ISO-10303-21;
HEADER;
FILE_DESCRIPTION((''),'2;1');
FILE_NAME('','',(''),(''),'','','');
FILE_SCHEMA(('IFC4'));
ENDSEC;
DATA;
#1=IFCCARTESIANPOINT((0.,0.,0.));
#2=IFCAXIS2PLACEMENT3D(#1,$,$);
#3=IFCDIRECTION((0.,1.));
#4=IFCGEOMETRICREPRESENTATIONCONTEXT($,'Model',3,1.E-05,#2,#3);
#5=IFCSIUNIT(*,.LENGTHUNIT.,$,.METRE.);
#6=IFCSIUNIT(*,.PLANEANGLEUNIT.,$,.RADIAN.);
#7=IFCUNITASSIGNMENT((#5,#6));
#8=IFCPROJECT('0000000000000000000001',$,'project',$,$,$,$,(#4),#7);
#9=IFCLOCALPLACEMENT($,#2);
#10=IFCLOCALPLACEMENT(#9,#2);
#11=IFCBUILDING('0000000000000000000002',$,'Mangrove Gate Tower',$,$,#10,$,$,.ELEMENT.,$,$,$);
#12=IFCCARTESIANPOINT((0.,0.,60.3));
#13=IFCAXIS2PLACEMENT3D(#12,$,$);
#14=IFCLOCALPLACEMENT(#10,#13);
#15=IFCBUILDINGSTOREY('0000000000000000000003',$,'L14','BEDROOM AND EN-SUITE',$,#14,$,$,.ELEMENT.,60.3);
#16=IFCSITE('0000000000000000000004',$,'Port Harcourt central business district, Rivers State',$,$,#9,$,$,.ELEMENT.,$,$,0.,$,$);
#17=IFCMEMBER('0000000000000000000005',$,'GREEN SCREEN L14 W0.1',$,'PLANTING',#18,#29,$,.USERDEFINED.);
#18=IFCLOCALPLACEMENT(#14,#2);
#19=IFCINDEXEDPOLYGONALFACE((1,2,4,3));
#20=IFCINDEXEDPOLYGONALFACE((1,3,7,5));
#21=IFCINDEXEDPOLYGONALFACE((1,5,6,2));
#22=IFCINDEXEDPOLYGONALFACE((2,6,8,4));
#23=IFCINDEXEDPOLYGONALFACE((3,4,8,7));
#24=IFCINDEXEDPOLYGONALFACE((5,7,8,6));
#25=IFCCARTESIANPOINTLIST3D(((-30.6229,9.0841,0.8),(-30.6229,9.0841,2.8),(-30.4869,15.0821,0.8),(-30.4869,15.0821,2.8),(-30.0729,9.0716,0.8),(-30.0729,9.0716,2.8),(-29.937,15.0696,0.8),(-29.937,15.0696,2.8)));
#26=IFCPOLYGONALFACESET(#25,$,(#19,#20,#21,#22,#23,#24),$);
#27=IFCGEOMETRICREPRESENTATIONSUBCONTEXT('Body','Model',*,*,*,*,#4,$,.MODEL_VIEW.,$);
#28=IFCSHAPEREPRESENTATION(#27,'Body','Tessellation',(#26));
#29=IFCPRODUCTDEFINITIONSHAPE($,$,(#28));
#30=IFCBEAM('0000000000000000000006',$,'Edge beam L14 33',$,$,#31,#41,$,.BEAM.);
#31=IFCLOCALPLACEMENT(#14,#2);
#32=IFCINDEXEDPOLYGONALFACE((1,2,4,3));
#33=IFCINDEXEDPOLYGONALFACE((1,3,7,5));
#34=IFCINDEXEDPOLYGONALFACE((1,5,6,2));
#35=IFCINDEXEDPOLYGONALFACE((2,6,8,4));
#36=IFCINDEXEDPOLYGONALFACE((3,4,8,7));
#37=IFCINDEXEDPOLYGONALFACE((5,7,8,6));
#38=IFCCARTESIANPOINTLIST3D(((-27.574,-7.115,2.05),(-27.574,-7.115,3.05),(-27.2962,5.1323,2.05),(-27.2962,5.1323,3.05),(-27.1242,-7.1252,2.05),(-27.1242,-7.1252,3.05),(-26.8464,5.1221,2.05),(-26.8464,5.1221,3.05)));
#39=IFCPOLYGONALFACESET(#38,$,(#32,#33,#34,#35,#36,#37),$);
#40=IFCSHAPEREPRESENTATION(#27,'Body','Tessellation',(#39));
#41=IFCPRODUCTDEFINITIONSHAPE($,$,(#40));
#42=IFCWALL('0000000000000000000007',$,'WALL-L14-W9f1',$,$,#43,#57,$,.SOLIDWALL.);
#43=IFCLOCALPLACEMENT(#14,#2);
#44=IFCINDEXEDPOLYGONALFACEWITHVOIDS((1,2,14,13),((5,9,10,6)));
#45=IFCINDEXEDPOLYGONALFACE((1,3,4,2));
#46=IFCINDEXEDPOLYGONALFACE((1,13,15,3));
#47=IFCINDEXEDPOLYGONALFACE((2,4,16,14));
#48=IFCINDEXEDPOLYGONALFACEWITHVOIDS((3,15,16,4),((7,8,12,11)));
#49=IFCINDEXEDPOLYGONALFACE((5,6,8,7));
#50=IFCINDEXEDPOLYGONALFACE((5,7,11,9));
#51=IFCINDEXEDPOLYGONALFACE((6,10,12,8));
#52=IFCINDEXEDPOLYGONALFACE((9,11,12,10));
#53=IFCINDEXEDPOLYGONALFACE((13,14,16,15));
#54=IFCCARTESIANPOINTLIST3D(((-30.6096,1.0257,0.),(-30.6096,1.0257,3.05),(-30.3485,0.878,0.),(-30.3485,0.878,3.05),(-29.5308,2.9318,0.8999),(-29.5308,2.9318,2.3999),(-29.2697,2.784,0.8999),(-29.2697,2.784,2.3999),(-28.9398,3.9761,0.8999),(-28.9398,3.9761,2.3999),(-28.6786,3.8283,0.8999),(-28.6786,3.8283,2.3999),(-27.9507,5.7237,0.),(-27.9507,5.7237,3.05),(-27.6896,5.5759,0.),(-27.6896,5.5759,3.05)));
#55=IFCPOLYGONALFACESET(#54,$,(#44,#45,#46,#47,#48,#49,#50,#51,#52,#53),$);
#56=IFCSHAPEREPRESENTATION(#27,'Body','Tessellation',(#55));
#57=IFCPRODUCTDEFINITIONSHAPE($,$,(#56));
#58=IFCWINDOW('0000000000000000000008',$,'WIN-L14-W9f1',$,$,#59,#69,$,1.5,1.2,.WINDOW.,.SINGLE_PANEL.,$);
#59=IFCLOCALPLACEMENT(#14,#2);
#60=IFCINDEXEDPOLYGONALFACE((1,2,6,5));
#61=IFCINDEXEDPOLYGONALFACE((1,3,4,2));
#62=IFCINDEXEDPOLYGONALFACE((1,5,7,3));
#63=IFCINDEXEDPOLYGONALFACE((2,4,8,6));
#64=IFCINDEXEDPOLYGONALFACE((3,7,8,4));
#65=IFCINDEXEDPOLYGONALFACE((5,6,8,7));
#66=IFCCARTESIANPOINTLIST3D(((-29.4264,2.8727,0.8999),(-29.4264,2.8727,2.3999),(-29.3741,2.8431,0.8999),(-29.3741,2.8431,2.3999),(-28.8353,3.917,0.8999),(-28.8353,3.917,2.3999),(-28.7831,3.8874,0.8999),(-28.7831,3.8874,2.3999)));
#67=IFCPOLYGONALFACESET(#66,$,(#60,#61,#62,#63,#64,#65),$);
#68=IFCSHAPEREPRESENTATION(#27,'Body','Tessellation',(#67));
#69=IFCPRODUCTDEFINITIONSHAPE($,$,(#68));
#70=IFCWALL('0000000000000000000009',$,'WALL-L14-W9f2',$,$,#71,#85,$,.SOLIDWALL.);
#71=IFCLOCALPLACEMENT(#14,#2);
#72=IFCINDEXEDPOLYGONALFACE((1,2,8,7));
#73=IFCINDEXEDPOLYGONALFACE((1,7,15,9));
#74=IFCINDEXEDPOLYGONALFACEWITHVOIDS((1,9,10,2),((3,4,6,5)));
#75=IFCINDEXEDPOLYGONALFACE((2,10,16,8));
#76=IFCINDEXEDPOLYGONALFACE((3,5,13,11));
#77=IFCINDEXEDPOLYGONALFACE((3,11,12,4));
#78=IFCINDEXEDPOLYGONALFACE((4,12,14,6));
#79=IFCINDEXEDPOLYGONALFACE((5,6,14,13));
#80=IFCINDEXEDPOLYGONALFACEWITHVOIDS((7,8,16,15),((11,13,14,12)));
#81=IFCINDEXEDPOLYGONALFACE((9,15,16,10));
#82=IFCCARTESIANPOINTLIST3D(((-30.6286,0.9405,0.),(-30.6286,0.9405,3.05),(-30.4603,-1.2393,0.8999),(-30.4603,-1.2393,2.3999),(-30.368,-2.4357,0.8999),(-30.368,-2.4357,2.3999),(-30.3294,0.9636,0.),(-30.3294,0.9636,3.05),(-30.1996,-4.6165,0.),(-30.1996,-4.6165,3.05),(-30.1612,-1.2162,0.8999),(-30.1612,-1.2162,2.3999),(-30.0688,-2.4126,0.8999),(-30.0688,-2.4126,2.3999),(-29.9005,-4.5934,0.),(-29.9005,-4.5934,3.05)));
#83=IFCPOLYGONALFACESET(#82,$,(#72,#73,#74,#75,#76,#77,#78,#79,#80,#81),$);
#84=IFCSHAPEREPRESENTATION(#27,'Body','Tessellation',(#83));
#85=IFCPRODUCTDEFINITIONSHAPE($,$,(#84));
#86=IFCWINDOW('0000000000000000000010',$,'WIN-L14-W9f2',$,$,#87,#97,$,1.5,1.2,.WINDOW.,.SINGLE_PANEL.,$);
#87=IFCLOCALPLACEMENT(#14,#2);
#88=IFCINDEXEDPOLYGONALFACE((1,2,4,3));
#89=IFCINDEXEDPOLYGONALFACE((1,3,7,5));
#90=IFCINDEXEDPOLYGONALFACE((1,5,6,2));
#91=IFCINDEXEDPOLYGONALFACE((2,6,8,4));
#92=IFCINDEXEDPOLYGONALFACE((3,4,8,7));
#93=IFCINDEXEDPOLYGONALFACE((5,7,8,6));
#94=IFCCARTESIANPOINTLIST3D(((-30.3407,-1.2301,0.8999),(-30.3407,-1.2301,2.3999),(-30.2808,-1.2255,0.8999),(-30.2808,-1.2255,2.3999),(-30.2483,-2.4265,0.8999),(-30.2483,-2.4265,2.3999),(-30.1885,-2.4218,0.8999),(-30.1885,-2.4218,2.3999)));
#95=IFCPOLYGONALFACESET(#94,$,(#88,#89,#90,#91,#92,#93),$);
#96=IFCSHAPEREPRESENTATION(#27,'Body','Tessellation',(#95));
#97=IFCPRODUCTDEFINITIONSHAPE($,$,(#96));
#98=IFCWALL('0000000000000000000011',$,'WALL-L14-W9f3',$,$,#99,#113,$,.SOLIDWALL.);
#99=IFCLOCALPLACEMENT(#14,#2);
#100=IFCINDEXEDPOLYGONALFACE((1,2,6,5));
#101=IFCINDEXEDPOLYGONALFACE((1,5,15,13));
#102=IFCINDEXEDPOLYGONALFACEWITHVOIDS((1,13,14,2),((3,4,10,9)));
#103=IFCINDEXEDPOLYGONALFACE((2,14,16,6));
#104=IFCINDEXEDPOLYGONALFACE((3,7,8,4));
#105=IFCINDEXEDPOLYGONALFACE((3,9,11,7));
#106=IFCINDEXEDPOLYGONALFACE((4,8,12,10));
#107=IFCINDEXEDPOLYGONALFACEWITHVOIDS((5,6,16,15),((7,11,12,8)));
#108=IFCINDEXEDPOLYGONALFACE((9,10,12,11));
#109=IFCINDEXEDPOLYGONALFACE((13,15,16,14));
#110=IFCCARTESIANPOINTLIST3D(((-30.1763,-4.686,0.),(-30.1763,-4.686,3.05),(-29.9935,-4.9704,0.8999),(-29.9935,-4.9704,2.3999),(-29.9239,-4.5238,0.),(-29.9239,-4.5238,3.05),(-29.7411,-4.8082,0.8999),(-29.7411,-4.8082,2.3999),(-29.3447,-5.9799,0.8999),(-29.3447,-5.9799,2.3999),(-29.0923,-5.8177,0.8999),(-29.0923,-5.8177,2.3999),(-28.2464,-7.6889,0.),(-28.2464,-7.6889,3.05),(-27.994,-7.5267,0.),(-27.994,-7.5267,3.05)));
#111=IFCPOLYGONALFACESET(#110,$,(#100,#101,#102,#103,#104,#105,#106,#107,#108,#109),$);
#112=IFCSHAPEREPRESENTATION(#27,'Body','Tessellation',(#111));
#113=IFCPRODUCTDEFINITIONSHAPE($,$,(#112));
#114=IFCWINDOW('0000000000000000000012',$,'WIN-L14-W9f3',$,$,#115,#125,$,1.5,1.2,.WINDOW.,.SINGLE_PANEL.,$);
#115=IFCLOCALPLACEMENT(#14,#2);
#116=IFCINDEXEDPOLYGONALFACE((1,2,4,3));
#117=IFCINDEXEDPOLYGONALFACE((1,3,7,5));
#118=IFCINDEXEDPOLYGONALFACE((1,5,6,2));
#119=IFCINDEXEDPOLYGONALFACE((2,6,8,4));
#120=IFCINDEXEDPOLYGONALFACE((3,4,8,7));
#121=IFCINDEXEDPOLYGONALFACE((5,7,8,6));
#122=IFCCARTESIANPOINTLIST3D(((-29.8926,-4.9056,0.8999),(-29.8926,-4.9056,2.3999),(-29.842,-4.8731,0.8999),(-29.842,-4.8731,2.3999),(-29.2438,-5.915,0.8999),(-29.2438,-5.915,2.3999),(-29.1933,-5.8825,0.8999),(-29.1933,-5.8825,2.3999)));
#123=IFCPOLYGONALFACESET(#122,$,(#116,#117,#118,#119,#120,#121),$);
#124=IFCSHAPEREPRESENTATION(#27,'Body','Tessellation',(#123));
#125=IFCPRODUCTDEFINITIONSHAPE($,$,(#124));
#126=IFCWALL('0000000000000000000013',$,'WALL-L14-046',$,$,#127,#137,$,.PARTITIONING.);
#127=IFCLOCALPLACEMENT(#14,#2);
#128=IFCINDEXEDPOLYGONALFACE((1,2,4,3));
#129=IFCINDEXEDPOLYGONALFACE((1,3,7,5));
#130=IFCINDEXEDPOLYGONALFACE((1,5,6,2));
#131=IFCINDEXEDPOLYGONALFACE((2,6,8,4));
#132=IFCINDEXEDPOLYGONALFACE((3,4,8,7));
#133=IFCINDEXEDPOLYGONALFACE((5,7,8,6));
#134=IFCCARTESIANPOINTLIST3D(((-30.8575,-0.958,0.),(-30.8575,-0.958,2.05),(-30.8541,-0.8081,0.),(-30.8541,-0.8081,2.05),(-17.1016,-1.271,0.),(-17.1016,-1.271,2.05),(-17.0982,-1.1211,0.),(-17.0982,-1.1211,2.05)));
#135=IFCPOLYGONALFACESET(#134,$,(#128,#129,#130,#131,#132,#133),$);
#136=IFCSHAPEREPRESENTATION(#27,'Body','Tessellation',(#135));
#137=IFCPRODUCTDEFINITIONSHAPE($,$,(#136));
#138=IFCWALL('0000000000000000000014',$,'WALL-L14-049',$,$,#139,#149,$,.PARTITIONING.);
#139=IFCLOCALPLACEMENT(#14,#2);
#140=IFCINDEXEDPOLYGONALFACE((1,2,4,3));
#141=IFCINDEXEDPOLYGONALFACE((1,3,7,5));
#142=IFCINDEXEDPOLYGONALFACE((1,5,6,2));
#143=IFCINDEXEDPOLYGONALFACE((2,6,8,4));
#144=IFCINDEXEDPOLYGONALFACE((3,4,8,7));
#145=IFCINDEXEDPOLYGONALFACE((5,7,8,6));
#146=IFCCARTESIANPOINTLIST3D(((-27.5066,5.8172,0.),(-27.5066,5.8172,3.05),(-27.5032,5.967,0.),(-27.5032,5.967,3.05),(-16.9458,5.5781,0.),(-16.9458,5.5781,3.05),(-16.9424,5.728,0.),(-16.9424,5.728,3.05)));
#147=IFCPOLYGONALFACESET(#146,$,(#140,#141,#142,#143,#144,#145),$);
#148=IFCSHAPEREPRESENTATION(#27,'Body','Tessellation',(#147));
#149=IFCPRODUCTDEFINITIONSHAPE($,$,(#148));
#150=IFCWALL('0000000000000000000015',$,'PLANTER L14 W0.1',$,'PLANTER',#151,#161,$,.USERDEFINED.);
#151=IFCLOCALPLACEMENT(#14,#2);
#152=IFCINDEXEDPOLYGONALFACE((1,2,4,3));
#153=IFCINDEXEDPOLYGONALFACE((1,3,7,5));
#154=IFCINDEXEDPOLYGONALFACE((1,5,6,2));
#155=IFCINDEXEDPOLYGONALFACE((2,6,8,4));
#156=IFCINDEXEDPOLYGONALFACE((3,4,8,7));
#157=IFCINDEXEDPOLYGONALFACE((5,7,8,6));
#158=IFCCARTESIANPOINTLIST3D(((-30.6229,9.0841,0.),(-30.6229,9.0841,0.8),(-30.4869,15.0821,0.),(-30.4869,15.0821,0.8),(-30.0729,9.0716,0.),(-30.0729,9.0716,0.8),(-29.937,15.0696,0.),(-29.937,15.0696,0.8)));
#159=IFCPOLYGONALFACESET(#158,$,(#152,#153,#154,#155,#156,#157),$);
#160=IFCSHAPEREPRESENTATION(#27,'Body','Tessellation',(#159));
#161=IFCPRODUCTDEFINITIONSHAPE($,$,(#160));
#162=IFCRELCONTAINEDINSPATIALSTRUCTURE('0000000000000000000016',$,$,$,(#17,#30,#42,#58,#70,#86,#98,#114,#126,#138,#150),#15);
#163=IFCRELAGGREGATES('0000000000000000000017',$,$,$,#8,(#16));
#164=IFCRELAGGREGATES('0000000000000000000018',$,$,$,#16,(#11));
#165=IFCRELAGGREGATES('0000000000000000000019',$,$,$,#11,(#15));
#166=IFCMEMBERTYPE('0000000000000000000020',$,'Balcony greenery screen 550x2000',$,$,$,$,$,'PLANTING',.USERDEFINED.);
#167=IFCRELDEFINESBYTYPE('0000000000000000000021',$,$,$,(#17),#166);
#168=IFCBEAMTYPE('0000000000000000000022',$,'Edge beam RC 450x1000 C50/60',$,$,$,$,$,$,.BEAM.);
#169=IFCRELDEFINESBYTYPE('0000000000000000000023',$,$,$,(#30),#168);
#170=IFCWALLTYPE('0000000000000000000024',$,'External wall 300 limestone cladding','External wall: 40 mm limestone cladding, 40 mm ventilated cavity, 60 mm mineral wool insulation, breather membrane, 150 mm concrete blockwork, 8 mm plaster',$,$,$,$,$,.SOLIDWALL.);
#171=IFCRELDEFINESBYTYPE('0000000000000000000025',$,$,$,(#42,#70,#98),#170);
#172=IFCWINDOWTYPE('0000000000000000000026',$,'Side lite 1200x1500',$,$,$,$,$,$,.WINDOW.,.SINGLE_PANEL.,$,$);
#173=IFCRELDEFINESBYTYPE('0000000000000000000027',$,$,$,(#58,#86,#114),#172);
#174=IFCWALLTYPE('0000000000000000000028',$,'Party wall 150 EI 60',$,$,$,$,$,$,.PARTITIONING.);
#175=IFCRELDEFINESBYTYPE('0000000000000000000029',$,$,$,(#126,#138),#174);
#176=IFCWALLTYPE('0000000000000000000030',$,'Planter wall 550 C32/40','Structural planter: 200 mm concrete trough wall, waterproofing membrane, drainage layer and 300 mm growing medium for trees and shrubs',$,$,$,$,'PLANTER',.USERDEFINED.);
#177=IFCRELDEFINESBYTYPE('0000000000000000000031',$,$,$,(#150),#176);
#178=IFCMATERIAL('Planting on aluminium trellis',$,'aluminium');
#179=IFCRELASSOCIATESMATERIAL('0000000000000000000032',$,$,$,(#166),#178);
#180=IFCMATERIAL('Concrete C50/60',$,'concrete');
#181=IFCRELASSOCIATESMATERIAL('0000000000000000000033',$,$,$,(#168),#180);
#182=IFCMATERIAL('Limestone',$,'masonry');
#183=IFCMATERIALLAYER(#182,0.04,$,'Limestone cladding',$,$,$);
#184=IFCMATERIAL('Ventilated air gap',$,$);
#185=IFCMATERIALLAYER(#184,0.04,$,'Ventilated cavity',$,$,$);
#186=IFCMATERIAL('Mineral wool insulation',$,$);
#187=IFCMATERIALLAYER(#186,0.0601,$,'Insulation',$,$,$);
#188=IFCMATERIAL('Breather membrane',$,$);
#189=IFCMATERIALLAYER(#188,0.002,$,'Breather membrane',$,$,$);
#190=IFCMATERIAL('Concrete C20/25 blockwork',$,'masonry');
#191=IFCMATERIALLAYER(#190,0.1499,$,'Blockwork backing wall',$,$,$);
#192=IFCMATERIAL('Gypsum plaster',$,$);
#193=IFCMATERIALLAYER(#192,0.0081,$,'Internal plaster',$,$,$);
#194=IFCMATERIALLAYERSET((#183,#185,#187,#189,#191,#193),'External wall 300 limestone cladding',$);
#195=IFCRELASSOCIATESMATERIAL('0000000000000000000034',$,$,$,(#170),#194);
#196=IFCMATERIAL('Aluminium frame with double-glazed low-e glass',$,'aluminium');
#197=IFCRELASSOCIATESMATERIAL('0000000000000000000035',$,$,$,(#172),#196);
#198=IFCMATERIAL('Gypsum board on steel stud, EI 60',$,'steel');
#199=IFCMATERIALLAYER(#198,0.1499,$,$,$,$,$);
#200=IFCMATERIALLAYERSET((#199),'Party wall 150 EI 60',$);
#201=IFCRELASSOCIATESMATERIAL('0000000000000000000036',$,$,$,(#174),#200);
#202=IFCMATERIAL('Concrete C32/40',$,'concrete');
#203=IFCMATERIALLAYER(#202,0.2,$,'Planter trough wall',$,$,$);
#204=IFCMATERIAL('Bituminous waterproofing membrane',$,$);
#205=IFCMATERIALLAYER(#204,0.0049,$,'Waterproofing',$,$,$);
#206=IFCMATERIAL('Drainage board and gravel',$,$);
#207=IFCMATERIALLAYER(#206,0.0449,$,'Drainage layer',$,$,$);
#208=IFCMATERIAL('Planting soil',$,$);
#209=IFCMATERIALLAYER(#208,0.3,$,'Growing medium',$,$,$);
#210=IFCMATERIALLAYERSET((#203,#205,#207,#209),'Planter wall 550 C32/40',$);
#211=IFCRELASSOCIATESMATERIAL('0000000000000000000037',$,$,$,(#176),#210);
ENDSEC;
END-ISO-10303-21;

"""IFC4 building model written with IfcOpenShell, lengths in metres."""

from ifc_helpers import new_model, si_unit, direction, frame, frame_2d, origin, origin_2d, place, context, subcontext, project, spatial, rectangle, extrude, material, layer, layer_set, material_profile, profile_set, type_object, element, fill, save


model = new_model("IFC4")

# Units and contexts
model_context = context("Model", 3, precision=1e-05, world=origin(), true_north=direction((0.0, 1.0)))
body_context = subcontext(model_context, "Body", "Model", "MODEL_VIEW")
ifc_project = project(units=[si_unit("LENGTHUNIT", "METRE"), si_unit("PLANEANGLEUNIT", "RADIAN")], contexts=[model_context])

# Site, building, storey
site_placement = place(None, origin())
site = spatial("IfcSite", under=ifc_project, at=site_placement, Name="Port Harcourt central business district, Rivers State", CompositionType="ELEMENT", RefElevation=0.0)
building_placement = place(site_placement, origin())
building = spatial("IfcBuilding", under=site, at=building_placement, Name="Mangrove Gate Tower", CompositionType="ELEMENT")
storey_placement = place(building_placement, frame((0.0, 0.0, 60.3)))
storey = spatial("IfcBuildingStorey", under=building, at=storey_placement, Name="L14", Description="BEDROOM AND EN-SUITE", CompositionType="ELEMENT", Elevation=60.3)

# Member
ifc_material_1 = material(Name="Planting on aluminium trellis", Category="aluminium")
ifc_material_profile_1 = material_profile(ifc_material_1, rectangle(XDim=0.55, YDim=2.0, at=origin_2d()))
ifc_profile_set_1 = profile_set([ifc_material_profile_1], Name="Planting on aluminium trellis")
member_type = type_object("IfcMemberType", Name="Balcony greenery screen 550x2000", ElementType="PLANTING", PredefinedType="USERDEFINED", material=ifc_profile_set_1)
member_placement = place(storey_placement, frame((-30.3479, 9.0779, 1.8), z_axis=(0.022666, 0.999743, 0.0), x_axis=(-0.999743, 0.022666, 0.0)))
element("IfcMember", 1, at=member_placement, inside=storey, type_object=member_type, Name="GREEN SCREEN L14 W0.1", ObjectType="PLANTING", PredefinedType="USERDEFINED", context=body_context, shape_type="SweptSolid", body=[
    extrude(rectangle(XDim=0.55, YDim=2.0, at=origin_2d()), origin(), (0.0, 0.0, 1.0), 5.9995),
])

# Beam
ifc_material_2 = material(Name="Concrete C50/60", Category="concrete")
ifc_material_profile_2 = material_profile(ifc_material_2, rectangle(XDim=0.45, YDim=1.0, at=origin_2d()))
ifc_profile_set_2 = profile_set([ifc_material_profile_2], Name="Concrete C50/60")
beam_type = type_object("IfcBeamType", Name="Edge beam RC 450x1000 C50/60", PredefinedType="BEAM", material=ifc_profile_set_2)
beam_placement = place(storey_placement, frame((-27.0713, 5.1272, 2.55), z_axis=(-0.022679, -0.999743, 0.0), x_axis=(0.999743, -0.022679, 0.0)))
element("IfcBeam", 2, at=beam_placement, inside=storey, type_object=beam_type, Name="Edge beam L14 33", PredefinedType="BEAM", context=body_context, shape_type="SweptSolid", body=[
    extrude(rectangle(XDim=0.45, YDim=1.0, at=origin_2d()), origin(), (0.0, 0.0, 1.0), 12.2505),
])

# Walls, openings, windows
ifc_material_3 = material(Name="Limestone", Category="masonry")
ifc_layer_1 = layer(ifc_material_3, 0.04, Name="Limestone cladding")
ifc_material_4 = material(Name="Ventilated air gap")
ifc_layer_2 = layer(ifc_material_4, 0.04, Name="Ventilated cavity")
ifc_material_5 = material(Name="Mineral wool insulation")
ifc_layer_3 = layer(ifc_material_5, 0.0601, Name="Insulation")
ifc_material_6 = material(Name="Breather membrane")
ifc_layer_4 = layer(ifc_material_6, 0.002, Name="Breather membrane")
ifc_material_7 = material(Name="Concrete C20/25 blockwork", Category="masonry")
ifc_layer_5 = layer(ifc_material_7, 0.1499, Name="Blockwork backing wall")
ifc_material_8 = material(Name="Gypsum plaster")
ifc_layer_6 = layer(ifc_material_8, 0.0081, Name="Internal plaster")
ifc_layer_set_1 = layer_set([ifc_layer_1, ifc_layer_2, ifc_layer_3, ifc_layer_4, ifc_layer_5, ifc_layer_6], Name="External wall 300 limestone cladding")
wall_type_1 = type_object("IfcWallType", Name="External wall 300 limestone cladding", Description="External wall: 40 mm limestone cladding, 40 mm ventilated cavity, 60 mm mineral wool insulation, breather membrane, 150 mm concrete blockwork, 8 mm plaster", PredefinedType="SOLIDWALL", material=ifc_layer_set_1)
wall_1_placement = place(storey_placement, frame((-27.8201, 5.6499, 0.0), z_axis=(0.0, 0.0, 1.0), x_axis=(-0.492555, -0.870281, 0.0)))
wall_1 = element("IfcWall", 3, at=wall_1_placement, inside=storey, type_object=wall_type_1, Name="WALL-L14-W9f1", PredefinedType="SOLIDWALL", context=body_context, shape_type="SweptSolid", body=[
    extrude(rectangle(XDim=5.3982, YDim=0.3, at=frame_2d((2.6992, 0.0))), origin(), (0.0, 0.0, 1.0), 3.05),
])
opening_1_placement = place(wall_1_placement, frame((2.0081, 0.0, 0.8999)))
opening_1 = element("IfcOpeningElement", 4, at=opening_1_placement, cuts=wall_1, PredefinedType="OPENING", context=body_context, shape_type="SweptSolid", body=[
    extrude(rectangle(XDim=1.2, YDim=1.5, at=frame_2d((0.6001, 0.75))), frame((0.0, 0.1599, 0.0), z_axis=(0.0, -1.0, 0.0), x_axis=(1.0, 0.0, 0.0)), (0.0, 0.0, 1.0), 0.3201),
])
ifc_material_9 = material(Name="Aluminium frame with double-glazed low-e glass", Category="aluminium")
window_type = type_object("IfcWindowType", Name="Side lite 1200x1500", PartitioningType="SINGLE_PANEL", PredefinedType="WINDOW", material=ifc_material_9)
window_1_placement = place(opening_1_placement, origin())
window_1 = element("IfcWindow", 5, at=window_1_placement, inside=storey, type_object=window_type, Name="WIN-L14-W9f1", OverallHeight=1.5, OverallWidth=1.2, PartitioningType="SINGLE_PANEL", PredefinedType="WINDOW", context=body_context, shape_type="SweptSolid", body=[
    extrude(rectangle(XDim=1.2, YDim=1.5, at=frame_2d((0.6001, 0.75))), frame((0.0, 0.03, 0.0), z_axis=(0.0, -1.0, 0.0), x_axis=(1.0, 0.0, 0.0)), (0.0, 0.0, 1.0), 0.0601),
])
fill(opening_1, window_1)
wall_2_placement = place(storey_placement, frame((-30.479, 0.9519, 0.0), z_axis=(0.0, 0.0, 1.0), x_axis=(0.076964, -0.997034, 0.0)))
wall_2 = element("IfcWall", 6, at=wall_2_placement, inside=storey, type_object=wall_type_1, Name="WALL-L14-W9f2", PredefinedType="SOLIDWALL", context=body_context, shape_type="SweptSolid", body=[
    extrude(rectangle(XDim=5.5735, YDim=0.3, at=frame_2d((2.7866, 0.0))), origin(), (0.0, 0.0, 1.0), 3.05),
])
opening_2_placement = place(wall_2_placement, frame((2.186, 0.0, 0.8999)))
opening_2 = element("IfcOpeningElement", 7, at=opening_2_placement, cuts=wall_2, PredefinedType="OPENING", context=body_context, shape_type="SweptSolid", body=[
    extrude(rectangle(XDim=1.2, YDim=1.5, at=frame_2d((0.6001, 0.75))), frame((0.0, 0.1599, 0.0), z_axis=(0.0, -1.0, 0.0), x_axis=(1.0, 0.0, 0.0)), (0.0, 0.0, 1.0), 0.3201),
])
window_2_placement = place(opening_2_placement, origin())
window_2 = element("IfcWindow", 8, at=window_2_placement, inside=storey, type_object=window_type, Name="WIN-L14-W9f2", OverallHeight=1.5, OverallWidth=1.2, PartitioningType="SINGLE_PANEL", PredefinedType="WINDOW", context=body_context, shape_type="SweptSolid", body=[
    extrude(rectangle(XDim=1.2, YDim=1.5, at=frame_2d((0.6001, 0.75))), frame((0.0, 0.03, 0.0), z_axis=(0.0, -1.0, 0.0), x_axis=(1.0, 0.0, 0.0)), (0.0, 0.0, 1.0), 0.0601),
])
fill(opening_2, window_2)
wall_3_placement = place(storey_placement, frame((-30.05, -4.605, 0.0), z_axis=(0.0, 0.0, 1.0), x_axis=(0.540654, -0.841245, 0.0)))
wall_3 = element("IfcWall", 9, at=wall_3_placement, inside=storey, type_object=wall_type_1, Name="WALL-L14-W9f3", PredefinedType="SOLIDWALL", context=body_context, shape_type="SweptSolid", body=[
    extrude(rectangle(XDim=3.5696, YDim=0.3, at=frame_2d((1.7847, 0.0))), origin(), (0.0, 0.0, 1.0), 3.05),
])
opening_3_placement = place(wall_3_placement, frame((0.3379, 0.0, 0.8999)))
opening_3 = element("IfcOpeningElement", 10, at=opening_3_placement, cuts=wall_3, PredefinedType="OPENING", context=body_context, shape_type="SweptSolid", body=[
    extrude(rectangle(XDim=1.2, YDim=1.5, at=frame_2d((0.6001, 0.75))), frame((0.0, 0.1599, 0.0), z_axis=(0.0, -1.0, 0.0), x_axis=(1.0, 0.0, 0.0)), (0.0, 0.0, 1.0), 0.3201),
])
window_3_placement = place(opening_3_placement, origin())
window_3 = element("IfcWindow", 11, at=window_3_placement, inside=storey, type_object=window_type, Name="WIN-L14-W9f3", OverallHeight=1.5, OverallWidth=1.2, PartitioningType="SINGLE_PANEL", PredefinedType="WINDOW", context=body_context, shape_type="SweptSolid", body=[
    extrude(rectangle(XDim=1.2, YDim=1.5, at=frame_2d((0.6001, 0.75))), frame((0.0, 0.03, 0.0), z_axis=(0.0, -1.0, 0.0), x_axis=(1.0, 0.0, 0.0)), (0.0, 0.0, 1.0), 0.0601),
])
fill(opening_3, window_3)

# Walls
ifc_material_10 = material(Name="Gypsum board on steel stud, EI 60", Category="steel")
ifc_layer_7 = layer(ifc_material_10, 0.1499)
ifc_layer_set_2 = layer_set([ifc_layer_7], Name="Party wall 150 EI 60")
wall_type_2 = type_object("IfcWallType", Name="Party wall 150 EI 60", PredefinedType="PARTITIONING", material=ifc_layer_set_2)
wall_4_placement = place(storey_placement, frame((-30.856, -0.8831, 0.0), z_axis=(0.0, 0.0, 1.0), x_axis=(0.999741, -0.022747, 0.0)))
element("IfcWall", 12, at=wall_4_placement, inside=storey, type_object=wall_type_2, Name="WALL-L14-046", PredefinedType="PARTITIONING", context=body_context, shape_type="SweptSolid", body=[
    extrude(rectangle(XDim=13.7595, YDim=0.1499, at=frame_2d((6.8799, 0.0))), origin(), (0.0, 0.0, 1.0), 2.05),
])
wall_5_placement = place(storey_placement, frame((-27.5049, 5.8921, 0.0), z_axis=(0.0, 0.0, 1.0), x_axis=(0.999744, -0.022626, 0.0)))
element("IfcWall", 13, at=wall_5_placement, inside=storey, type_object=wall_type_2, Name="WALL-L14-049", PredefinedType="PARTITIONING", context=body_context, shape_type="SweptSolid", body=[
    extrude(rectangle(XDim=10.5635, YDim=0.1499, at=frame_2d((5.2817, 0.0))), origin(), (0.0, 0.0, 1.0), 3.05),
])
ifc_material_11 = material(Name="Concrete C32/40", Category="concrete")
ifc_layer_8 = layer(ifc_material_11, 0.2, Name="Planter trough wall")
ifc_material_12 = material(Name="Bituminous waterproofing membrane")
ifc_layer_9 = layer(ifc_material_12, 0.0049, Name="Waterproofing")
ifc_material_13 = material(Name="Drainage board and gravel")
ifc_layer_10 = layer(ifc_material_13, 0.0449, Name="Drainage layer")
ifc_material_14 = material(Name="Planting soil")
ifc_layer_11 = layer(ifc_material_14, 0.3, Name="Growing medium")
ifc_layer_set_3 = layer_set([ifc_layer_8, ifc_layer_9, ifc_layer_10, ifc_layer_11], Name="Planter wall 550 C32/40")
wall_type_3 = type_object("IfcWallType", Name="Planter wall 550 C32/40", Description="Structural planter: 200 mm concrete trough wall, waterproofing membrane, drainage layer and 300 mm growing medium for trees and shrubs", ElementType="PLANTER", PredefinedType="USERDEFINED", material=ifc_layer_set_3)
wall_6_placement = place(storey_placement, frame((-30.3479, 9.0779, 0.0), z_axis=(0.0, 0.0, 1.0), x_axis=(0.022666, 0.999743, 0.0)))
element("IfcWall", 14, at=wall_6_placement, inside=storey, type_object=wall_type_3, Name="PLANTER L14 W0.1", ObjectType="PLANTER", PredefinedType="USERDEFINED", context=body_context, shape_type="SweptSolid", body=[
    extrude(rectangle(XDim=5.9995, YDim=0.55, at=frame_2d((2.9998, 0.0))), origin(), (0.0, 0.0, 1.0), 0.8),
])

save(model, "model.ifc")
